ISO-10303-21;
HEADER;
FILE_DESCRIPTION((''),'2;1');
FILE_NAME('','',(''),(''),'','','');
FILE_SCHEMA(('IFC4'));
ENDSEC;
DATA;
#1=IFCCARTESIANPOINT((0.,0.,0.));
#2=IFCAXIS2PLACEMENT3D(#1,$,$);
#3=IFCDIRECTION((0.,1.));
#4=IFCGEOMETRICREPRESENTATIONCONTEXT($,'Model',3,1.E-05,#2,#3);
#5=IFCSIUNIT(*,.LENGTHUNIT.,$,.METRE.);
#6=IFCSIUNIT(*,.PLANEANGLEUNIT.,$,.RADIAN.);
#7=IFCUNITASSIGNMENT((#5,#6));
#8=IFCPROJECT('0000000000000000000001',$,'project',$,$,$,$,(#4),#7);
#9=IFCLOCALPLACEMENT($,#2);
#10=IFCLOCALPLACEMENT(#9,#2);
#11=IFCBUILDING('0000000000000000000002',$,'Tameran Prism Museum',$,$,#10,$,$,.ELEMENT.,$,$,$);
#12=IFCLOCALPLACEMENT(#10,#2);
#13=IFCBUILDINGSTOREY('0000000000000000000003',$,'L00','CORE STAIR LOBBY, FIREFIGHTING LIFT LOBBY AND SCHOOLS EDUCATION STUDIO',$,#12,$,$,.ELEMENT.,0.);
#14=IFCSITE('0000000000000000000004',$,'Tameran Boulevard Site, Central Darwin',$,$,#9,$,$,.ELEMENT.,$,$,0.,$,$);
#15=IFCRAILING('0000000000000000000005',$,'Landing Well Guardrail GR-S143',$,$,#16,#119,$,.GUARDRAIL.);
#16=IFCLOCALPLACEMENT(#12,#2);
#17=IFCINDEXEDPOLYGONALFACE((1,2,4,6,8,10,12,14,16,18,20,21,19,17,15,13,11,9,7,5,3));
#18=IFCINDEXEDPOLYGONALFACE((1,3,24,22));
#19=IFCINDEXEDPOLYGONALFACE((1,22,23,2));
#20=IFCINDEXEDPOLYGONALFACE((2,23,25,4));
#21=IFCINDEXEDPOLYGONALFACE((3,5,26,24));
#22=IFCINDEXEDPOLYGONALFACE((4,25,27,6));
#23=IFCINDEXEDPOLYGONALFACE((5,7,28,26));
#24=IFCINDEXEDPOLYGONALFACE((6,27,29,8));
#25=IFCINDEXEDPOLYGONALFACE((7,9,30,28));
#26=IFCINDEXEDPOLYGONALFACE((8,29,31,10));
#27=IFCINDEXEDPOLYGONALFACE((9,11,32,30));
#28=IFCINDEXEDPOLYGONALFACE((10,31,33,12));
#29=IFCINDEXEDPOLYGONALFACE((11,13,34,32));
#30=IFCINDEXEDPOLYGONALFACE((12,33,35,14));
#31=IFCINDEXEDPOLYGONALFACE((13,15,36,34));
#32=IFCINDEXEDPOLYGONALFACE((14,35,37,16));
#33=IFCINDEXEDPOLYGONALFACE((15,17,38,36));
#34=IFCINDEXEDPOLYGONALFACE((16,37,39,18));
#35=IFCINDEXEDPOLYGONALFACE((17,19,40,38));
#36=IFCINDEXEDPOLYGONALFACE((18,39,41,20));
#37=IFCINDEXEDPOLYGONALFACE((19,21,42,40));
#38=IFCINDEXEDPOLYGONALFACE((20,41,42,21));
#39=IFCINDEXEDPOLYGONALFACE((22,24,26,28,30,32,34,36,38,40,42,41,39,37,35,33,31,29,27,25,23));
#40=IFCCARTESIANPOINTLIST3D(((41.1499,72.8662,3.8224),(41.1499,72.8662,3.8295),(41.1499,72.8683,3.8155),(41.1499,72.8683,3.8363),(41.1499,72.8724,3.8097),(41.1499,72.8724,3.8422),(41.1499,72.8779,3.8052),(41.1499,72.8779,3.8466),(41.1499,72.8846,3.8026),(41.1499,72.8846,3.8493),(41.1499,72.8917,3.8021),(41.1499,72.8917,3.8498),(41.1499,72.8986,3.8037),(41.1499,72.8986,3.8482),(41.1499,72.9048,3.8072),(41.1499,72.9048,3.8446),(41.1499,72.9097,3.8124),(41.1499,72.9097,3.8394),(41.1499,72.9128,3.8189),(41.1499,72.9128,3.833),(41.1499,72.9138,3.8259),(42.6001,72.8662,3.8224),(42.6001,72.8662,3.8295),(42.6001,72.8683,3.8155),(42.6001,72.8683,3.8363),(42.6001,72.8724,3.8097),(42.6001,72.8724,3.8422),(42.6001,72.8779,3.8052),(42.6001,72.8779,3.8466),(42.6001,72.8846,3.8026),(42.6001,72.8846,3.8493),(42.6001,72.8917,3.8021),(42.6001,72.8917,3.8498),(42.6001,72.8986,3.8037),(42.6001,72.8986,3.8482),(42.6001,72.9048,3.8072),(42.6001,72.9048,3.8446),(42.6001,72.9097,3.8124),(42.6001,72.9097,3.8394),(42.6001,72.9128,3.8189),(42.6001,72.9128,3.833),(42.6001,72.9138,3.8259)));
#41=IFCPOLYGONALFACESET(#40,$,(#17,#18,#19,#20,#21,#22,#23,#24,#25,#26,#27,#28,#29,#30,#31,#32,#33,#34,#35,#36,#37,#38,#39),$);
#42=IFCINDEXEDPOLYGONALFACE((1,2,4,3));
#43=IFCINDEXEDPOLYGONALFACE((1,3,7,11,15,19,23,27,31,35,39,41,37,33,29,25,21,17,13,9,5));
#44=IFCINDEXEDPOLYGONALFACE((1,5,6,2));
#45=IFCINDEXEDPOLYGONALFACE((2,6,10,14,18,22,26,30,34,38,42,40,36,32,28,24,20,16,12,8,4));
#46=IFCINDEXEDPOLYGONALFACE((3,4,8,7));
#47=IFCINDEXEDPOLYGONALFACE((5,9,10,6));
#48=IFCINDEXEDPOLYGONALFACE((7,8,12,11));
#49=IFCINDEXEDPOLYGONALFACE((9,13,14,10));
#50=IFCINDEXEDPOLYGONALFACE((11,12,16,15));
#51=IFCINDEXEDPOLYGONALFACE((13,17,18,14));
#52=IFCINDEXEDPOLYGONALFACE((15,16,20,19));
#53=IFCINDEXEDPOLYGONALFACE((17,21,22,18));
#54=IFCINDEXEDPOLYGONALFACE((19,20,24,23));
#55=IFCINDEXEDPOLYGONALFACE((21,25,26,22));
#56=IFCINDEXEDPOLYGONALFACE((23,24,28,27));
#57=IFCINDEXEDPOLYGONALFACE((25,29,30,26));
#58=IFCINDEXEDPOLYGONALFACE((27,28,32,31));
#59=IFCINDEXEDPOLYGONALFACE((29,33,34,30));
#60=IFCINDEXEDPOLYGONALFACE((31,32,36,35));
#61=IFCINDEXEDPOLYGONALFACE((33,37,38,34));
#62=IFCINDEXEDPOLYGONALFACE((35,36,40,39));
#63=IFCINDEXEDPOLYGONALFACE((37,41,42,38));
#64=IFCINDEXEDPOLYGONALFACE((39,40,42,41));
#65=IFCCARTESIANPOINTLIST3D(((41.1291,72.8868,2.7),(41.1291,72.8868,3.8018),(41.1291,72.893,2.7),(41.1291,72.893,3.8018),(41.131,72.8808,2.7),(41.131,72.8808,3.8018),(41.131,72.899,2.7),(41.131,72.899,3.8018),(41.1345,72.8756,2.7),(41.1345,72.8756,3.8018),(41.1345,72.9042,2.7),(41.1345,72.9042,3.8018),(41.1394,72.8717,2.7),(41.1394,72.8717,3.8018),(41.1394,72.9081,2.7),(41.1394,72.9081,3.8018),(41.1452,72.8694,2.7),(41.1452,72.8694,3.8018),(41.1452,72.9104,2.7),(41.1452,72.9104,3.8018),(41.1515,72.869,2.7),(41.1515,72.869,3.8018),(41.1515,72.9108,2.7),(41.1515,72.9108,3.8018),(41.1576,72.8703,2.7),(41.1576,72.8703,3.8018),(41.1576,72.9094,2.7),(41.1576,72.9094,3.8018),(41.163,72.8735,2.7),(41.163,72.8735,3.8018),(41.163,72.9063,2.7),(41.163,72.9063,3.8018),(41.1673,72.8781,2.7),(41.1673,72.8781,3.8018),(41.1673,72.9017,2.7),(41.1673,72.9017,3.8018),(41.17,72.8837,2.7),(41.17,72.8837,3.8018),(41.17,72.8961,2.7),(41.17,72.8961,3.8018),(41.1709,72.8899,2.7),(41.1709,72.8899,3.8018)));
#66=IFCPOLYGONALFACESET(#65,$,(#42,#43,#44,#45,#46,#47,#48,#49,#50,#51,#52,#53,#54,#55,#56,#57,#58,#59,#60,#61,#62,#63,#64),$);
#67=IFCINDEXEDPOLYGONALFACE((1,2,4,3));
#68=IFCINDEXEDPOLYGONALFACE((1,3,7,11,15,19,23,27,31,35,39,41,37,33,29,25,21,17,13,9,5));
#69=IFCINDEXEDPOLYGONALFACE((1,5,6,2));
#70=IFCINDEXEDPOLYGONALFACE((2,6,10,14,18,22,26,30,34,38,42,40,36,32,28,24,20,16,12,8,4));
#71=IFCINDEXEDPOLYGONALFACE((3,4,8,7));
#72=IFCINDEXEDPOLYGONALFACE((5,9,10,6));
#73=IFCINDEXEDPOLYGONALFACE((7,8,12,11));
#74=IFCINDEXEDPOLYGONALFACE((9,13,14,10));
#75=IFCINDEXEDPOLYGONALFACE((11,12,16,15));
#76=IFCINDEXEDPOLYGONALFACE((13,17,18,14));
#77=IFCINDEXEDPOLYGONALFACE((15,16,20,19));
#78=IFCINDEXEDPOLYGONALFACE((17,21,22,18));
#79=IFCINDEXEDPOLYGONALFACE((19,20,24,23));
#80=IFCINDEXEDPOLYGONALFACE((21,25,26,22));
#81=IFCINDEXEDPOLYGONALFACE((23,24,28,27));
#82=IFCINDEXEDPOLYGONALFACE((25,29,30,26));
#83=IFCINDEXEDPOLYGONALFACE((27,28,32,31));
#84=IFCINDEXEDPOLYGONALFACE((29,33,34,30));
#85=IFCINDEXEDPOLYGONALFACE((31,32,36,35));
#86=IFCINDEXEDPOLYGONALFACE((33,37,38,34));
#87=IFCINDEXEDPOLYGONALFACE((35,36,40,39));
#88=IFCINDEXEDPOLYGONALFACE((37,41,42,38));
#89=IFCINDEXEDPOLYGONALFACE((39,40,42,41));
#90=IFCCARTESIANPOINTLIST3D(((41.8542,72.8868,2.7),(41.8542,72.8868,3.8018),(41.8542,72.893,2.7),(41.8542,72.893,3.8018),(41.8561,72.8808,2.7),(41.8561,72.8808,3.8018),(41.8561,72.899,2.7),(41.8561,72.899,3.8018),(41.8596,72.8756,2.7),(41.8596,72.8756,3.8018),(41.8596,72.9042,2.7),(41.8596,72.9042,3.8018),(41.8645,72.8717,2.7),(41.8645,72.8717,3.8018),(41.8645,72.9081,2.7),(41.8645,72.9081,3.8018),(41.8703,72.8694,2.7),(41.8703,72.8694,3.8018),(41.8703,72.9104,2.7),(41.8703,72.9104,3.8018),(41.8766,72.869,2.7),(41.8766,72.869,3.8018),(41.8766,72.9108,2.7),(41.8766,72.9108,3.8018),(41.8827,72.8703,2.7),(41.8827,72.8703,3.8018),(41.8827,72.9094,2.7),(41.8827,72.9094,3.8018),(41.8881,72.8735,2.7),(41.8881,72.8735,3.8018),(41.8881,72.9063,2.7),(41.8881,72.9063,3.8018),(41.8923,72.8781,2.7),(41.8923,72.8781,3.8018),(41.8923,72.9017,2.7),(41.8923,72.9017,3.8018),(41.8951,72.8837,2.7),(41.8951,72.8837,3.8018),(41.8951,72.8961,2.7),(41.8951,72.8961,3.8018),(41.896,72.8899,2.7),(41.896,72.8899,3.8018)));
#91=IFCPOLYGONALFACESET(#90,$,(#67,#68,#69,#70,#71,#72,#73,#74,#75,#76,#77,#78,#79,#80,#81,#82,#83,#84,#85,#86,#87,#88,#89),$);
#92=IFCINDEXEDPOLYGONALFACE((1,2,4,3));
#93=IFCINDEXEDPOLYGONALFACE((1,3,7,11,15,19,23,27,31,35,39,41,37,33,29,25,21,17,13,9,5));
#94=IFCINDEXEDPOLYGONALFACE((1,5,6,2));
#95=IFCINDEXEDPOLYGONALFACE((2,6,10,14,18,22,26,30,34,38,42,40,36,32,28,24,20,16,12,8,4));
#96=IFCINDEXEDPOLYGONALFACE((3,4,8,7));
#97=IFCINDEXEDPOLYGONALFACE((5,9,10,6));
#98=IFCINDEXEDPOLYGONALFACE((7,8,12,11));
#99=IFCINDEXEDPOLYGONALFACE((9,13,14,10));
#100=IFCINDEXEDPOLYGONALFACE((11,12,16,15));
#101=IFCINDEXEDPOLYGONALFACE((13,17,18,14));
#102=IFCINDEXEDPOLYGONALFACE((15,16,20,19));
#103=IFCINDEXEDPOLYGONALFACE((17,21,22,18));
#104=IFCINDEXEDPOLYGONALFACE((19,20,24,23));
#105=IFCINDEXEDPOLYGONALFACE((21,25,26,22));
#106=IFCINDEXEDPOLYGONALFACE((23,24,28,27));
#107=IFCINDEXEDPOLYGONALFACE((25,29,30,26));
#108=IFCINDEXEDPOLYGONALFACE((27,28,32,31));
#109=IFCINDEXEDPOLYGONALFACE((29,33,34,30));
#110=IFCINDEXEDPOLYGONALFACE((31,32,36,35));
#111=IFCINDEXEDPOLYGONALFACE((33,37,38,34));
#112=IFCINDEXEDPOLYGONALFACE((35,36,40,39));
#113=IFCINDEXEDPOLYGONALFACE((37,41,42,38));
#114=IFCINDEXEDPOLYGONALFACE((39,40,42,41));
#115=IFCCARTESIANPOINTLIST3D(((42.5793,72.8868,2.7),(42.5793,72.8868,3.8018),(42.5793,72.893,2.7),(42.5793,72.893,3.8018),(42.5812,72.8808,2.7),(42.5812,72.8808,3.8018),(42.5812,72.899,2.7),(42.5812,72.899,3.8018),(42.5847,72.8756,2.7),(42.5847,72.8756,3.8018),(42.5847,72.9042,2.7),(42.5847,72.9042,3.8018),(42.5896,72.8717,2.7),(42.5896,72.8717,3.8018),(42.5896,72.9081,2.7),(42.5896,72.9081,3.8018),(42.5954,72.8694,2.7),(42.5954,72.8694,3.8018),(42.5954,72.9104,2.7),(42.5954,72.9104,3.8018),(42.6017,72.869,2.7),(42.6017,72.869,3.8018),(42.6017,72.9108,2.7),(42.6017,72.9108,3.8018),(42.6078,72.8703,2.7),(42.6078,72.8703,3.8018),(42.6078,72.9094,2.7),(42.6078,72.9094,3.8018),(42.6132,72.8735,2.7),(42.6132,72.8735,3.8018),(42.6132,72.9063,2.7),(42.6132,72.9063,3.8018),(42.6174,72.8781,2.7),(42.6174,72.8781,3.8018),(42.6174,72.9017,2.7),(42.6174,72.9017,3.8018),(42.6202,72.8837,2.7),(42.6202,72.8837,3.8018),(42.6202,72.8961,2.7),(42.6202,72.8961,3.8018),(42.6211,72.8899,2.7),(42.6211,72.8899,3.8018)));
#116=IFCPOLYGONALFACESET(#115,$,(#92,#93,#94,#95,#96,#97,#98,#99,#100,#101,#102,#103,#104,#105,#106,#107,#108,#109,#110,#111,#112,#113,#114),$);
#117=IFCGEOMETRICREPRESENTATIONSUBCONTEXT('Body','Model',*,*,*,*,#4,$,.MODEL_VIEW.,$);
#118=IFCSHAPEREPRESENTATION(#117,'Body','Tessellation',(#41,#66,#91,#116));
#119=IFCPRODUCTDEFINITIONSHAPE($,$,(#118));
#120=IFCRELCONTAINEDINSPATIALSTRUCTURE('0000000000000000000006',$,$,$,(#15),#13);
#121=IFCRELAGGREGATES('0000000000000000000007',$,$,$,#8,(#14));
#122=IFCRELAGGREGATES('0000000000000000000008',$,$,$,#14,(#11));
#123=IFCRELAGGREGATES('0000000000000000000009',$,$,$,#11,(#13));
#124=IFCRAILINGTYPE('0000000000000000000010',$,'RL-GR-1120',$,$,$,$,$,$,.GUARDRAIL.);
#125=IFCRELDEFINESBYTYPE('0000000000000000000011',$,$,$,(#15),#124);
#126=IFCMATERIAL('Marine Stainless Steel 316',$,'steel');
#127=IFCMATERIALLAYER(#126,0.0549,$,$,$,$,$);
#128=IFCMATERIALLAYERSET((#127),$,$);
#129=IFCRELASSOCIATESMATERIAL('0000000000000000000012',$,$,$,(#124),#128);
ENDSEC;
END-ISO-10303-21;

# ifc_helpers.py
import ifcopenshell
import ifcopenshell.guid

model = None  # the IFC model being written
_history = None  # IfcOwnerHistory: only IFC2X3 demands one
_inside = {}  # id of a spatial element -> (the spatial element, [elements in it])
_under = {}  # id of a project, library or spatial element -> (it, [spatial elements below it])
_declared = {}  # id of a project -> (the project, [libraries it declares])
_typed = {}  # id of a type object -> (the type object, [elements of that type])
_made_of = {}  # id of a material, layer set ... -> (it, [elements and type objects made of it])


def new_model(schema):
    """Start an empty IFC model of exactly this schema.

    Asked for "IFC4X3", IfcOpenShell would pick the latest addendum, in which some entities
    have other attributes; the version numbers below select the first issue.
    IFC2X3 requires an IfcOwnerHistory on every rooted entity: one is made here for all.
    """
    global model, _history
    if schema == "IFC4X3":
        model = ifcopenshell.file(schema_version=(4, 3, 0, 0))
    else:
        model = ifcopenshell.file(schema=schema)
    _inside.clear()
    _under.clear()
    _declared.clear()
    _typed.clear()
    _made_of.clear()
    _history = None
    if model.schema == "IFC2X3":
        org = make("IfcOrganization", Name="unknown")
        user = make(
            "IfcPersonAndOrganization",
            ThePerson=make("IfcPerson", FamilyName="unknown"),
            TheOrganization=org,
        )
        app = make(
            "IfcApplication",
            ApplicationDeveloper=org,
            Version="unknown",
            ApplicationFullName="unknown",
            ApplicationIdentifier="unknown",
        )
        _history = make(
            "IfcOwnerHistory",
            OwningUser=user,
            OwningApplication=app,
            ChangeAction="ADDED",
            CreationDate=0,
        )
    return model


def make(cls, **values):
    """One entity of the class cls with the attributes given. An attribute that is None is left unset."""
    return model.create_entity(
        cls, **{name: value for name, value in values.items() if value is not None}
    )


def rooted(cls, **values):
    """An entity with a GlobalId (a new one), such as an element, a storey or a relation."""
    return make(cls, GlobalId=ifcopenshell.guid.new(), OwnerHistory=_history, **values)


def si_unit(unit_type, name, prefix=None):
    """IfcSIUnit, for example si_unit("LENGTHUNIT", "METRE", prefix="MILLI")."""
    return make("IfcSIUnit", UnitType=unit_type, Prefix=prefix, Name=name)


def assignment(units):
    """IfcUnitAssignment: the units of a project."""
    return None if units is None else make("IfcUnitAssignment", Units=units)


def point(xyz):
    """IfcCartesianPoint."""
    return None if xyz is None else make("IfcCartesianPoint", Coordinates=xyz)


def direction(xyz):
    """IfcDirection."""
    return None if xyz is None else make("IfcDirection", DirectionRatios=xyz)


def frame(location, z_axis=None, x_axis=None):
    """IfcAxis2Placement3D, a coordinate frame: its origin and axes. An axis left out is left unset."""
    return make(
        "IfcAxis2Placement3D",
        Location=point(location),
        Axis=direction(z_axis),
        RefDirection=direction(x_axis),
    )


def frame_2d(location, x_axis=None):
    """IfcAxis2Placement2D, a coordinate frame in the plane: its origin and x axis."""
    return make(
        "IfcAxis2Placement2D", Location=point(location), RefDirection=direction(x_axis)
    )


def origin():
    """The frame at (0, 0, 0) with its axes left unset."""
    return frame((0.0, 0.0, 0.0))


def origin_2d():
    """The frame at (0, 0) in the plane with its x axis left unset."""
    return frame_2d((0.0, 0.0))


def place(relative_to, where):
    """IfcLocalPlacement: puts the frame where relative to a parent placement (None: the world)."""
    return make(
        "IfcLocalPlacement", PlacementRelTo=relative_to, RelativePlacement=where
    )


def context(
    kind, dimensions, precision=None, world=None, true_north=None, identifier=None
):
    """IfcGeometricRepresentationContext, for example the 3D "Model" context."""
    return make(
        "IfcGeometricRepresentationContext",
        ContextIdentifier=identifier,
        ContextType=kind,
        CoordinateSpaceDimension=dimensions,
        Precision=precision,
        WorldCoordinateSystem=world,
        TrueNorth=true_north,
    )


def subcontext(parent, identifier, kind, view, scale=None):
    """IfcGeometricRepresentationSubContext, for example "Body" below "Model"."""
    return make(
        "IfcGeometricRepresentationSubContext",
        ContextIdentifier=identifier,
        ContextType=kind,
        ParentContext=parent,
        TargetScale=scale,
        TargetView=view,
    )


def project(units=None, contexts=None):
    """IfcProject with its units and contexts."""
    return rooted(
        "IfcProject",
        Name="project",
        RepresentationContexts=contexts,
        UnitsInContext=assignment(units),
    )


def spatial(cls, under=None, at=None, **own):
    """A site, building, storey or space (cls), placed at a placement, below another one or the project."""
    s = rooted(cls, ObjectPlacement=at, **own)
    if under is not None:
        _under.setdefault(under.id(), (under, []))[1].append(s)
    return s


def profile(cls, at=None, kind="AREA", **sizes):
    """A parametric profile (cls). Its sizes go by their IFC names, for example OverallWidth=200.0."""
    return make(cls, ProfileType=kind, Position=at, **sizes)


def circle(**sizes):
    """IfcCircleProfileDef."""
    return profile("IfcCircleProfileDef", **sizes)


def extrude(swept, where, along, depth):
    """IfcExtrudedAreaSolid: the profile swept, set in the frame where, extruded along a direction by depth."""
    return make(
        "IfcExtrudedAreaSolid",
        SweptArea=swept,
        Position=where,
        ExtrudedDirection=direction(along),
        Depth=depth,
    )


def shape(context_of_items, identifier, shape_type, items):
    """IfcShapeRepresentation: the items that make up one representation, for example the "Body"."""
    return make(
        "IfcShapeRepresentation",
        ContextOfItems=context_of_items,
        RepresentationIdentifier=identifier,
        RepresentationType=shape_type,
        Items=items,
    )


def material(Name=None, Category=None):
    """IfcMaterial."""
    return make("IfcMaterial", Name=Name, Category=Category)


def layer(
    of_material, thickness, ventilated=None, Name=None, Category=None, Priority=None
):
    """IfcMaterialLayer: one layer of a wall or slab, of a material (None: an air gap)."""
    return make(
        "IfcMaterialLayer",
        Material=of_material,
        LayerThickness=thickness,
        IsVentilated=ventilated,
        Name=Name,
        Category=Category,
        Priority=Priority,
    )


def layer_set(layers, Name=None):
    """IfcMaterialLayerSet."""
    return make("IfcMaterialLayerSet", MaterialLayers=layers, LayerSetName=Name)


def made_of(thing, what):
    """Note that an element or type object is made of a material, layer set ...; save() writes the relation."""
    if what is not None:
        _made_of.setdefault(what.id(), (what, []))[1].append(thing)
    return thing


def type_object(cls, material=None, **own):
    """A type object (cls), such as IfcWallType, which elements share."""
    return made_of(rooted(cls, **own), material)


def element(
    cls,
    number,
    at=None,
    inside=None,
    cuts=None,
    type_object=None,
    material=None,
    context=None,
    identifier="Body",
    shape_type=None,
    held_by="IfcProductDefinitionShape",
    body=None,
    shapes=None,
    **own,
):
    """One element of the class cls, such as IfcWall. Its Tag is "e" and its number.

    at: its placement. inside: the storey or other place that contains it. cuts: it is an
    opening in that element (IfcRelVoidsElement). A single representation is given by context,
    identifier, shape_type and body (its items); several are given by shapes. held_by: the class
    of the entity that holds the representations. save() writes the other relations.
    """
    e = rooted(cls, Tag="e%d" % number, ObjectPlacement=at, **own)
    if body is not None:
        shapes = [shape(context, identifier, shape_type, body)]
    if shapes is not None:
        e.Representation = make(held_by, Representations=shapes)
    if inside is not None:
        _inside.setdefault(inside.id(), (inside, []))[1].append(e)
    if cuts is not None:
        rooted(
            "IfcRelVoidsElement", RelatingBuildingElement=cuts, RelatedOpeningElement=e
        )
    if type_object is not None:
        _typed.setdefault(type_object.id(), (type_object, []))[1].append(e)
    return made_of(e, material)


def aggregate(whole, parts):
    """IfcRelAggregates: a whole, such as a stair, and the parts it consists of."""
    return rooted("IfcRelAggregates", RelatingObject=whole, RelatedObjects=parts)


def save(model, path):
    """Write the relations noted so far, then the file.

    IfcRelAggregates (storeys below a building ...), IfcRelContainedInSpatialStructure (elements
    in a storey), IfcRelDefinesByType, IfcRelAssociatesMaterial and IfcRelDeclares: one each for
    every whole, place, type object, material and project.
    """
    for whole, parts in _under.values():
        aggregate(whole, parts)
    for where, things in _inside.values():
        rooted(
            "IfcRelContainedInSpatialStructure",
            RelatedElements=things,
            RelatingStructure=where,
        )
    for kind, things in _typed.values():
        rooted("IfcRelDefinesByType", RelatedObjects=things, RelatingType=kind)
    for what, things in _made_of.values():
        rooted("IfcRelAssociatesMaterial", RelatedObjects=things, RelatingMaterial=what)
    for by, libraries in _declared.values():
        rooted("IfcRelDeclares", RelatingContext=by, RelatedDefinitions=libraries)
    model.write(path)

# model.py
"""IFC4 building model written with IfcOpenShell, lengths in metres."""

from ifc_helpers import new_model, si_unit, direction, frame, origin, origin_2d, place, context, subcontext, project, spatial, circle, extrude, material, layer, layer_set, type_object, element, save


model = new_model("IFC4")

# Units and contexts
model_context = context("Model", 3, precision=1e-05, world=origin(), true_north=direction((0.0, 1.0)))
body_context = subcontext(model_context, "Body", "Model", "MODEL_VIEW")
ifc_project = project(units=[si_unit("LENGTHUNIT", "METRE"), si_unit("PLANEANGLEUNIT", "RADIAN")], contexts=[model_context])

# Site, building, storey
site_placement = place(None, origin())
site = spatial("IfcSite", under=ifc_project, at=site_placement, Name="Tameran Boulevard Site, Central Darwin", CompositionType="ELEMENT", RefElevation=0.0)
building_placement = place(site_placement, origin())
building = spatial("IfcBuilding", under=site, at=building_placement, Name="Tameran Prism Museum", CompositionType="ELEMENT")
storey_placement = place(building_placement, origin())
storey = spatial("IfcBuildingStorey", under=building, at=storey_placement, Name="L00", Description="CORE STAIR LOBBY, FIREFIGHTING LIFT LOBBY AND SCHOOLS EDUCATION STUDIO", CompositionType="ELEMENT", Elevation=0.0)

# Railing
ifc_material_1 = material(Name="Marine Stainless Steel 316", Category="steel")
ifc_layer_1 = layer(ifc_material_1, 0.0549)
ifc_layer_set_1 = layer_set([ifc_layer_1])
railing_type_1 = type_object("IfcRailingType", Name="RL-GR-1120", PredefinedType="GUARDRAIL", material=ifc_layer_set_1)
railing_1_placement = place(storey_placement, frame((41.1499, 72.8899, 2.7)))
element("IfcRailing", 1, at=railing_1_placement, inside=storey, type_object=railing_type_1, Name="Landing Well Guardrail GR-S143", PredefinedType="GUARDRAIL", context=body_context, shape_type="SweptSolid", body=[
    extrude(circle(Radius=0.0239, at=origin_2d()), frame((0.0, 0.0, 1.126), z_axis=(1.0, 0.0, 0.0), x_axis=(0.0, 1.0, 0.0)), (0.0, 0.0, 1.0), 1.4502),
    extrude(circle(Radius=0.021, at=origin_2d()), origin(), (0.0, 0.0, 1.0), 1.1018),
    extrude(circle(Radius=0.021, at=origin_2d()), frame((0.7251, 0.0, 0.0)), (0.0, 0.0, 1.0), 1.1018),
    extrude(circle(Radius=0.021, at=origin_2d()), frame((1.4502, 0.0, 0.0)), (0.0, 0.0, 1.0), 1.1018),
])

save(model, "model.ifc")
